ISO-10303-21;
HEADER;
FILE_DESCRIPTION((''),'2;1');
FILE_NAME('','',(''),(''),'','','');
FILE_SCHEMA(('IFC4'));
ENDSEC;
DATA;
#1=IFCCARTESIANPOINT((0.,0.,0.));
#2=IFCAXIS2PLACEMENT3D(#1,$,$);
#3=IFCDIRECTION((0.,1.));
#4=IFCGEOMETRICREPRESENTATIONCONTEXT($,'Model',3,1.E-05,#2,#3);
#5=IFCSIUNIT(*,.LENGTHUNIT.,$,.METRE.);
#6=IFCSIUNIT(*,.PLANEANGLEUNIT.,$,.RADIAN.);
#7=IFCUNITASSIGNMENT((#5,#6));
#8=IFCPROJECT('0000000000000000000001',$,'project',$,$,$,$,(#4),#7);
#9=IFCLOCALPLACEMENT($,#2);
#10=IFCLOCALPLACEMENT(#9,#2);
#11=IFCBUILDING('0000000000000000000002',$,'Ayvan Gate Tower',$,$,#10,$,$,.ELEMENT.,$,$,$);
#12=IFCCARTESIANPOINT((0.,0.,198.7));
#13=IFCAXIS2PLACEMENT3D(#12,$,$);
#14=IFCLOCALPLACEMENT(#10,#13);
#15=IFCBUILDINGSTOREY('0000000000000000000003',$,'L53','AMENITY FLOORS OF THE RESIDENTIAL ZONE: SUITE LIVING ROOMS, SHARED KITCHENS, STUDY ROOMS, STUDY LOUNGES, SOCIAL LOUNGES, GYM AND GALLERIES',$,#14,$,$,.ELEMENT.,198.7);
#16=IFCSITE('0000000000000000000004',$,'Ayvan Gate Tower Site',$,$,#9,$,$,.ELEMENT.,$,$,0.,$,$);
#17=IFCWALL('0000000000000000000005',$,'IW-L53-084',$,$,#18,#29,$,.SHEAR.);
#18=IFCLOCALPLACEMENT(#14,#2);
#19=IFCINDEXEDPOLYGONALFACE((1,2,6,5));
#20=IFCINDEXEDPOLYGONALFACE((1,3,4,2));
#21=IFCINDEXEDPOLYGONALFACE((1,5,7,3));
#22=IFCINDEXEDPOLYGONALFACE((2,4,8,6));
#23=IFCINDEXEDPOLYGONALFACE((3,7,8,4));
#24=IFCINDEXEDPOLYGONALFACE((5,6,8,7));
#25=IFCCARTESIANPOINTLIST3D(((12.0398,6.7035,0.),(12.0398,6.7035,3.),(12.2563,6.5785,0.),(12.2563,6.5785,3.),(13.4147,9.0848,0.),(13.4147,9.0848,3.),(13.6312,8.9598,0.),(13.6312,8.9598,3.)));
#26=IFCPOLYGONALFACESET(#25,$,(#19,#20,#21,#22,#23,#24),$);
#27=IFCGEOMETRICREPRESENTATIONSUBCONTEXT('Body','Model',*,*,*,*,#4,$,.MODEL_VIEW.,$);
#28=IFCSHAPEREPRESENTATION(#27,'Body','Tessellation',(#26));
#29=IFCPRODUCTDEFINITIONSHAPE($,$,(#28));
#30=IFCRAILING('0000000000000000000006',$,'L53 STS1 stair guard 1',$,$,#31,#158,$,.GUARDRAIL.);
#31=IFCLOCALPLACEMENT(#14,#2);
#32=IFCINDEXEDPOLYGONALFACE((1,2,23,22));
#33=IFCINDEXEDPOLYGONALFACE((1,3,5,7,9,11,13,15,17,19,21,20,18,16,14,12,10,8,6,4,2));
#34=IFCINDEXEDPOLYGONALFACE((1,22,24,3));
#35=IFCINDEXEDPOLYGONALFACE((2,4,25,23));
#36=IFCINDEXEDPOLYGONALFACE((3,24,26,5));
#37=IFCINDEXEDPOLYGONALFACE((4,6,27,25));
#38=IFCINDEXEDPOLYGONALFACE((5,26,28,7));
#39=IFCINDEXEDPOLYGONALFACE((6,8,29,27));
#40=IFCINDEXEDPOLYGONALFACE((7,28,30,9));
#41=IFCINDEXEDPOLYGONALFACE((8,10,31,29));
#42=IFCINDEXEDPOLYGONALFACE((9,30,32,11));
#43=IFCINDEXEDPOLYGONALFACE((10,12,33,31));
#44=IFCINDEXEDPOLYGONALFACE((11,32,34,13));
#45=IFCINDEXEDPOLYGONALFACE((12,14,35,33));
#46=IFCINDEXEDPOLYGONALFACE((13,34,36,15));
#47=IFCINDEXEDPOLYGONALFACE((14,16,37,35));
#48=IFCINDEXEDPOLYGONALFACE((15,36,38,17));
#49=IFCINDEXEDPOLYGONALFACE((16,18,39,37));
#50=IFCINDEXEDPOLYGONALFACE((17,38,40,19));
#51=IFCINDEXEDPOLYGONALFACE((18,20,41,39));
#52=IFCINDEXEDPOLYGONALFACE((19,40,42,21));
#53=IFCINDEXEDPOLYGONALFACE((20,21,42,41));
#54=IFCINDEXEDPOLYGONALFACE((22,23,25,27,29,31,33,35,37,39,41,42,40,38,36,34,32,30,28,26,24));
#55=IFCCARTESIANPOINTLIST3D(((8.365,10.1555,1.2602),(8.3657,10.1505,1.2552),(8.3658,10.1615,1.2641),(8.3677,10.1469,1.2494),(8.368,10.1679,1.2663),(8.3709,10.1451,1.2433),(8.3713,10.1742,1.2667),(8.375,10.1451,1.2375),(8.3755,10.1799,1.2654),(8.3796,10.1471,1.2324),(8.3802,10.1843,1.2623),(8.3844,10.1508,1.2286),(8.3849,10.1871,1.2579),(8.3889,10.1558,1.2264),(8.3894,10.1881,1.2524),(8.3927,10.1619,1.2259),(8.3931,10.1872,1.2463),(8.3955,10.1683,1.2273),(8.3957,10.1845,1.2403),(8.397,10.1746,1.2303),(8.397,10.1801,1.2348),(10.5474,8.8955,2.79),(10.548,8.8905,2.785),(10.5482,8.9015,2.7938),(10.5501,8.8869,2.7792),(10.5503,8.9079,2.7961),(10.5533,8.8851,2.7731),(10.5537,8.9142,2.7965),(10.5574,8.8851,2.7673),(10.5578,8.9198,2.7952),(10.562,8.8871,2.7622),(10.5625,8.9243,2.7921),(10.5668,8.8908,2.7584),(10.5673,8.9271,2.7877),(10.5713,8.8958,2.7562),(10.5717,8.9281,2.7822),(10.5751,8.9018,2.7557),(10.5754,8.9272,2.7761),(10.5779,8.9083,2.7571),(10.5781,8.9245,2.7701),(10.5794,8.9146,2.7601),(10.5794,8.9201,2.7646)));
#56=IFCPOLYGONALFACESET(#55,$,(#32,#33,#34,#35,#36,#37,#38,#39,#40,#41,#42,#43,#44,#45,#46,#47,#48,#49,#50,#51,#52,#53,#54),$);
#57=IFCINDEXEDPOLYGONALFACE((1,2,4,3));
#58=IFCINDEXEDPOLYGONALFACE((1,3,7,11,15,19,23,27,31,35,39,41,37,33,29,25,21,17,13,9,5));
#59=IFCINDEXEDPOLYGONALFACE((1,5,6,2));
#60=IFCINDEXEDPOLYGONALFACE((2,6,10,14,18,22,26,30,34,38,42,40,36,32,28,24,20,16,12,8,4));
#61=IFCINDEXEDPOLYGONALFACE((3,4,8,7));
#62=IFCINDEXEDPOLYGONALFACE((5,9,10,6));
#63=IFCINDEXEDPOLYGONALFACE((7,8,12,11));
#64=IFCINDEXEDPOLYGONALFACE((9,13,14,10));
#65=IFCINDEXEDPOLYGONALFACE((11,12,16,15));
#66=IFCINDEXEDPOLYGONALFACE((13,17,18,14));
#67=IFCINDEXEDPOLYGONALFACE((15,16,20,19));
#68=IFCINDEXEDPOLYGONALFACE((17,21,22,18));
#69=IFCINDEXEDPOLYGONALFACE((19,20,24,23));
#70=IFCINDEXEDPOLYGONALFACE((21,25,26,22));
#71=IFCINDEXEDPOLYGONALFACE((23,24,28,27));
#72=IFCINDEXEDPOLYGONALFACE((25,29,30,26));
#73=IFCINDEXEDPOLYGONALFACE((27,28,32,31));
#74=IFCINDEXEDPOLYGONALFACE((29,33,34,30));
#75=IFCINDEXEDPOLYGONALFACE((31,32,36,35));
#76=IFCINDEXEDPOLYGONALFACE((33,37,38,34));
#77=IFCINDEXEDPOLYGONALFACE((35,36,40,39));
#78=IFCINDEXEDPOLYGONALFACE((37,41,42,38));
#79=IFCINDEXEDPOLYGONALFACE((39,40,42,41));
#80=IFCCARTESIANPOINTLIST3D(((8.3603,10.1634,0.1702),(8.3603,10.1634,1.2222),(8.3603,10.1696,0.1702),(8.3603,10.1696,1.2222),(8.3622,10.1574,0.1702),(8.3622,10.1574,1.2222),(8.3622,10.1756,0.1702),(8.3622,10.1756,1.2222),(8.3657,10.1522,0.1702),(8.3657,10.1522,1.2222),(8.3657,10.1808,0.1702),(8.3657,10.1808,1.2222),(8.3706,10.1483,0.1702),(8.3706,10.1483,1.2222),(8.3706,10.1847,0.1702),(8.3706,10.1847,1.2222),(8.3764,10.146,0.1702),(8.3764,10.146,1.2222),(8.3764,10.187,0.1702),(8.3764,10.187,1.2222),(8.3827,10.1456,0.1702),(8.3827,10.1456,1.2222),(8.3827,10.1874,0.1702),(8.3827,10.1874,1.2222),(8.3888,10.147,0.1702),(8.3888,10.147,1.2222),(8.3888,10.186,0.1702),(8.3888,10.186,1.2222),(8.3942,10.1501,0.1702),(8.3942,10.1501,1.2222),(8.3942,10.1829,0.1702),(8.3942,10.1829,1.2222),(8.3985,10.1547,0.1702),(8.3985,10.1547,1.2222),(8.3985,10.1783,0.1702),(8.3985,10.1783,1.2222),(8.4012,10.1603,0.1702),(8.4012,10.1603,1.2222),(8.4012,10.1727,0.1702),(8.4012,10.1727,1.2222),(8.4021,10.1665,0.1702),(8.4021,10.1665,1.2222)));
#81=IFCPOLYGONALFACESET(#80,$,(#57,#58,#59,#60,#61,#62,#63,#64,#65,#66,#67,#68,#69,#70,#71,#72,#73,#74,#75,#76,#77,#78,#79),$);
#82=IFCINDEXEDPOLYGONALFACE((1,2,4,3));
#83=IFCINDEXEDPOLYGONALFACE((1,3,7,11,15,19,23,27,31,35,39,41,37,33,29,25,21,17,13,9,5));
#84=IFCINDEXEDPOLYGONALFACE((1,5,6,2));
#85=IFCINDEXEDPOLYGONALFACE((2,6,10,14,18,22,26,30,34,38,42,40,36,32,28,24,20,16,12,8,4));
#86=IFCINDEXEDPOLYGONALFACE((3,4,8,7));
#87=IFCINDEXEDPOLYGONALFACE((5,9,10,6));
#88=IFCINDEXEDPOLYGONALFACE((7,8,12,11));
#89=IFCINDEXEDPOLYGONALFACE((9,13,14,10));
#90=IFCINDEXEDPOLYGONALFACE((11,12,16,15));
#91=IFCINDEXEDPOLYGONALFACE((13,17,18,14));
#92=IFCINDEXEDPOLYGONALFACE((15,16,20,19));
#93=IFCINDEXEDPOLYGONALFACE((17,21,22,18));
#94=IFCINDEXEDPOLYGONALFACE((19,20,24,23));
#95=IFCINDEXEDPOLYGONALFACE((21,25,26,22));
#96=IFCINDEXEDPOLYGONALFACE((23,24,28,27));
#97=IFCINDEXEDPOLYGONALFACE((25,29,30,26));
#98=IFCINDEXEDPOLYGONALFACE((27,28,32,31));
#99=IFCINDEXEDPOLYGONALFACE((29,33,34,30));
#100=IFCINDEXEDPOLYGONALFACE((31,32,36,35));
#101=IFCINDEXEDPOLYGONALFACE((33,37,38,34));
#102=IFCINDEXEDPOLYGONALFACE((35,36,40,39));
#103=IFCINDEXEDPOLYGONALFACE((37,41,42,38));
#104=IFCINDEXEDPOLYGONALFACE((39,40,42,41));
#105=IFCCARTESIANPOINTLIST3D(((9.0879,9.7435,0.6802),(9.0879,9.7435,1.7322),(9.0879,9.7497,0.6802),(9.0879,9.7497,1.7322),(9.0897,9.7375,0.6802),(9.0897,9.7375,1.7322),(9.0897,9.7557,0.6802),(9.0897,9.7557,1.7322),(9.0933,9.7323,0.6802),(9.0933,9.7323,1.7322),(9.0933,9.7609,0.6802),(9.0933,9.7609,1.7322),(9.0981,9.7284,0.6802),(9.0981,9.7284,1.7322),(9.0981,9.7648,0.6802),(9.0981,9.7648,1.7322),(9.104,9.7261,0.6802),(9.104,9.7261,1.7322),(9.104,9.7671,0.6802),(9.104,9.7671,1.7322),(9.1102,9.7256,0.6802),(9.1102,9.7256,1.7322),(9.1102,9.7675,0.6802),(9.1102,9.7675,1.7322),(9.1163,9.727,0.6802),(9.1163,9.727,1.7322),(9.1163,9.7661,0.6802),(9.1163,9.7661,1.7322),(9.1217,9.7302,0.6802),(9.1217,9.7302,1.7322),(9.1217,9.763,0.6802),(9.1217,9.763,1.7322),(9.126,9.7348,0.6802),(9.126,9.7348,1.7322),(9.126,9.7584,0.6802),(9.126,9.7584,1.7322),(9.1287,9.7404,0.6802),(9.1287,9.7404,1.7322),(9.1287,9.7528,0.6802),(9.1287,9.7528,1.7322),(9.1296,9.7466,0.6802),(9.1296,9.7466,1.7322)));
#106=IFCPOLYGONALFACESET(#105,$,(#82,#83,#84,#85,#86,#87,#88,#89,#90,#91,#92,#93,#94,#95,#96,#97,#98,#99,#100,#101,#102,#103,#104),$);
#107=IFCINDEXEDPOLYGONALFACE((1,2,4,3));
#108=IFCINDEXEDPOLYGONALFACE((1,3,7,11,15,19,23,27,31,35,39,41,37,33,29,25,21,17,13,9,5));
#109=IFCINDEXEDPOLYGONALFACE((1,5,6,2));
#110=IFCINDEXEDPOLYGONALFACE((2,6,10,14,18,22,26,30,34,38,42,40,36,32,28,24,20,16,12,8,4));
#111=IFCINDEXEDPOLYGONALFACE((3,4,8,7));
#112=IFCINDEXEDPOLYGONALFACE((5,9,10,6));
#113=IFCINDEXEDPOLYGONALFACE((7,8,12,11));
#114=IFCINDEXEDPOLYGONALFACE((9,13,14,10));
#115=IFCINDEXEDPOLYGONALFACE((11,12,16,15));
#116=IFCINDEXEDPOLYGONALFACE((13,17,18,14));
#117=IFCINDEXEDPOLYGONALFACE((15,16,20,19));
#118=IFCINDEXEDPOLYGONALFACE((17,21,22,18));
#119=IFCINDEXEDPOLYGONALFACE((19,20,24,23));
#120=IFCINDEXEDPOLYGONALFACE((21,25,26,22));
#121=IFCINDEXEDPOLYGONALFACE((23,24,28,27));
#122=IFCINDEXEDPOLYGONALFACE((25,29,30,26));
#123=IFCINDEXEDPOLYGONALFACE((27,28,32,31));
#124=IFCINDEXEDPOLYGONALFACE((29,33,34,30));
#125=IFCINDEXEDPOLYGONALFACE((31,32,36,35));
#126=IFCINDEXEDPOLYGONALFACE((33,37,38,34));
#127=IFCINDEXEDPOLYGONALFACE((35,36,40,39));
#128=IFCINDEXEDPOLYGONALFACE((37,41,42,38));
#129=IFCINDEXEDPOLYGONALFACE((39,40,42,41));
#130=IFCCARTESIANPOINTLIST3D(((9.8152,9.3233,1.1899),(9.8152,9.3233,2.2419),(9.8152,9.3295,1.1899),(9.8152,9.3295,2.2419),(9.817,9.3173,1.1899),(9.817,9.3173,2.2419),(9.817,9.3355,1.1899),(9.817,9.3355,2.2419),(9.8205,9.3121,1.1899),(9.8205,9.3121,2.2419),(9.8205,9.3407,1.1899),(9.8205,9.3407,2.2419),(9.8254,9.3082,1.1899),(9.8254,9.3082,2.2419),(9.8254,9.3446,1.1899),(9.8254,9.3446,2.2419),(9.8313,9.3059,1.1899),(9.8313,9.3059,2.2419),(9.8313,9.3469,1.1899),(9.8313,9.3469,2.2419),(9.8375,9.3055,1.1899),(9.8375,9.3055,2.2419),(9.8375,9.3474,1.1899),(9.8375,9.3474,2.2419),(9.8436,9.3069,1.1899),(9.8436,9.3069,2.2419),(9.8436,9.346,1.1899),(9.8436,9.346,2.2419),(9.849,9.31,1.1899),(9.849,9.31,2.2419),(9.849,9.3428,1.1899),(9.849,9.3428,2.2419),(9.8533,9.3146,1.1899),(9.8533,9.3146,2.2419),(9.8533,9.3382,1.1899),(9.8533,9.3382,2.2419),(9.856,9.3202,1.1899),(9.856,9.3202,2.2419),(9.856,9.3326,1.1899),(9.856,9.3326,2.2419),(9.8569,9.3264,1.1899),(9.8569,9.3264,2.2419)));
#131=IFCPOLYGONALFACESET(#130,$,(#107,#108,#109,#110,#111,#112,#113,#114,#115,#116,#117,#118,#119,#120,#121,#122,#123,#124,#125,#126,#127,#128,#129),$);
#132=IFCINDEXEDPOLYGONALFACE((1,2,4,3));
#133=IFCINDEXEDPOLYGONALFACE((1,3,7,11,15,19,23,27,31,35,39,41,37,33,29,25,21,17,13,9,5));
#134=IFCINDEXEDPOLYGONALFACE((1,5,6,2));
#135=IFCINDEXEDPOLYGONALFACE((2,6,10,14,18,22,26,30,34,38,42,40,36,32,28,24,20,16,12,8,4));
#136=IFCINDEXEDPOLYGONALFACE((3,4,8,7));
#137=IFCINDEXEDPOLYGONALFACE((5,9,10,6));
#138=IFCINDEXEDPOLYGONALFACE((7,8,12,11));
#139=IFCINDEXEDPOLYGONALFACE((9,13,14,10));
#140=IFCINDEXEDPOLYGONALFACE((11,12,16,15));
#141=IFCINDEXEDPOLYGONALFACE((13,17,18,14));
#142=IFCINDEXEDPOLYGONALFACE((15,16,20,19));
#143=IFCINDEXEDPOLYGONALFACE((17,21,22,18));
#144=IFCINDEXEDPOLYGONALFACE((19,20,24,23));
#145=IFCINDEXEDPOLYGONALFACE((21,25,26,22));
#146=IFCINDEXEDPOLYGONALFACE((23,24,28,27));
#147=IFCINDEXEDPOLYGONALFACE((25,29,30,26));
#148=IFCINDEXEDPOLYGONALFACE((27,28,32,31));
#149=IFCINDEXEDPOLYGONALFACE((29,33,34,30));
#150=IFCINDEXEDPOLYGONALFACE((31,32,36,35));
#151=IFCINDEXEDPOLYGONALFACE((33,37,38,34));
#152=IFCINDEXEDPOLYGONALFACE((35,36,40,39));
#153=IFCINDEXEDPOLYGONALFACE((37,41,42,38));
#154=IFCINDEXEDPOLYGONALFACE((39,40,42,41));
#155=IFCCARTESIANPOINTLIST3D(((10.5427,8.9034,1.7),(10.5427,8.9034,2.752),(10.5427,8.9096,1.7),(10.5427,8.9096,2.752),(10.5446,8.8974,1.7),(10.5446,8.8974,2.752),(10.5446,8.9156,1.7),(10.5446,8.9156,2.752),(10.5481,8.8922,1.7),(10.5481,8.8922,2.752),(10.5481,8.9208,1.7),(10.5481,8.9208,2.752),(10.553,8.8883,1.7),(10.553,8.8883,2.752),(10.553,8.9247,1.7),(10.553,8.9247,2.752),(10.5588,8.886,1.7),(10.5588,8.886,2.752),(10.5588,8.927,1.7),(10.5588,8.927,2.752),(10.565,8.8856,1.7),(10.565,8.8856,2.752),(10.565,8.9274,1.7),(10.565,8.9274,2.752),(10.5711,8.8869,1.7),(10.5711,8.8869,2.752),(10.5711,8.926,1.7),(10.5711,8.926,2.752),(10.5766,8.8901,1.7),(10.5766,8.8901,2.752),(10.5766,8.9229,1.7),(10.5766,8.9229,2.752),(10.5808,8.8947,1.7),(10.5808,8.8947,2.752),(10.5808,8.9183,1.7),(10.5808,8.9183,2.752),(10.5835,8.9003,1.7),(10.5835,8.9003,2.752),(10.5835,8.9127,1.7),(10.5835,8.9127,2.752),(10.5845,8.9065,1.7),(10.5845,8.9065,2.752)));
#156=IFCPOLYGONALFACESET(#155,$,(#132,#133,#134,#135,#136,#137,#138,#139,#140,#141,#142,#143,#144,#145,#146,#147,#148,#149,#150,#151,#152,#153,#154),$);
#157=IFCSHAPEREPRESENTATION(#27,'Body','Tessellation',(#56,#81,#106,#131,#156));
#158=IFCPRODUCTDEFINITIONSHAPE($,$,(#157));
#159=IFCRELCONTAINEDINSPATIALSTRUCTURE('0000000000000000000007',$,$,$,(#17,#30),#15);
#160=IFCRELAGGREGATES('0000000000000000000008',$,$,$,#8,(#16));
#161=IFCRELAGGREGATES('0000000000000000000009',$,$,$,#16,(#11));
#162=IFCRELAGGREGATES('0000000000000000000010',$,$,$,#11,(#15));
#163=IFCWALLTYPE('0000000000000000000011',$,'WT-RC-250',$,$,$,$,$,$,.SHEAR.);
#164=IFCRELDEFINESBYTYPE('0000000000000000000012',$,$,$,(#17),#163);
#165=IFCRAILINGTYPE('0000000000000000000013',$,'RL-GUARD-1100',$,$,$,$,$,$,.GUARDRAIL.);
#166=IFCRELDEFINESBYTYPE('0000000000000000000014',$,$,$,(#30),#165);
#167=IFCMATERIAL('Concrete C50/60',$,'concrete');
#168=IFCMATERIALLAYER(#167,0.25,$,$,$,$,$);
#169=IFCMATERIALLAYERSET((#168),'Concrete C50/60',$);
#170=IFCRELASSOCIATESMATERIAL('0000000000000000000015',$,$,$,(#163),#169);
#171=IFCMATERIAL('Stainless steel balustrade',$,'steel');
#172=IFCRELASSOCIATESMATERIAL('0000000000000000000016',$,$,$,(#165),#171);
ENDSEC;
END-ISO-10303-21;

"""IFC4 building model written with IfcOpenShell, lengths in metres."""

from ifc_helpers import new_model, si_unit, direction, frame, frame_2d, origin, origin_2d, place, context, subcontext, project, spatial, rectangle, circle, extrude, material, layer, layer_set, type_object, element, save


model = new_model("IFC4")

# Units and contexts
model_context = context("Model", 3, precision=1e-05, world=origin(), true_north=direction((0.0, 1.0)))
body_context = subcontext(model_context, "Body", "Model", "MODEL_VIEW")
ifc_project = project(units=[si_unit("LENGTHUNIT", "METRE"), si_unit("PLANEANGLEUNIT", "RADIAN")], contexts=[model_context])

# Site, building, storey
site_placement = place(None, origin())
site = spatial("IfcSite", under=ifc_project, at=site_placement, Name="Ayvan Gate Tower Site", CompositionType="ELEMENT", RefElevation=0.0)
building_placement = place(site_placement, origin())
building = spatial("IfcBuilding", under=site, at=building_placement, Name="Ayvan Gate Tower", CompositionType="ELEMENT")
storey_placement = place(building_placement, frame((0.0, 0.0, 198.7)))
storey = spatial("IfcBuildingStorey", under=building, at=storey_placement, Name="L53", Description="AMENITY FLOORS OF THE RESIDENTIAL ZONE: SUITE LIVING ROOMS, SHARED KITCHENS, STUDY ROOMS, STUDY LOUNGES, SOCIAL LOUNGES, GYM AND GALLERIES", CompositionType="ELEMENT", Elevation=198.7)

# Shared definitions
ifc_material_1 = material(Name="Concrete C50/60", Category="concrete")
ifc_layer_1 = layer(ifc_material_1, 0.25)
ifc_layer_set_1 = layer_set([ifc_layer_1], Name="Concrete C50/60")
wall_type_1 = type_object("IfcWallType", Name="WT-RC-250", PredefinedType="SHEAR", material=ifc_layer_set_1)

# Wall
wall_1_placement = place(storey_placement, frame((12.1479, 6.6409, 0.0), z_axis=(0.0, 0.0, 1.0), x_axis=(0.500035, 0.866005, 0.0)))
element("IfcWall", 1, at=wall_1_placement, inside=storey, type_object=wall_type_1, Name="IW-L53-084", PredefinedType="SHEAR", context=body_context, shape_type="SweptSolid", body=[
    extrude(rectangle(XDim=2.7498, YDim=0.25, at=frame_2d((1.375, 0.0))), origin(), (0.0, 0.0, 1.0), 3.0),
])

# Railing
ifc_material_2 = material(Name="Stainless steel balustrade", Category="steel")
railing_type_1 = type_object("IfcRailingType", Name="RL-GUARD-1100", PredefinedType="GUARDRAIL", material=ifc_material_2)
railing_1_placement = place(storey_placement, frame((8.3811, 10.1665, 0.1702)))
element("IfcRailing", 2, at=railing_1_placement, inside=storey, type_object=railing_type_1, Name="L53 STS1 stair guard 1", PredefinedType="GUARDRAIL", context=body_context, shape_type="SweptSolid", body=[
    extrude(circle(Radius=0.0239, at=origin_2d()), frame((0.0, 0.0, 1.0762), z_axis=(0.740293, -0.427414, 0.518926), x_axis=(0.500005, 0.866023, 0.0)), (0.0, 0.0, 1.0), 2.948),
    extrude(circle(Radius=0.021, at=origin_2d()), origin(), (0.0, 0.0, 1.0), 1.052),
    extrude(circle(Radius=0.021, at=origin_2d()), frame((0.7275, -0.4199, 0.51)), (0.0, 0.0, 1.0), 1.052),
    extrude(circle(Radius=0.021, at=origin_2d()), frame((1.4548, -0.8401, 1.0198)), (0.0, 0.0, 1.0), 1.052),
    extrude(circle(Radius=0.021, at=origin_2d()), frame((2.1824, -1.26, 1.5298)), (0.0, 0.0, 1.0), 1.052),
])

save(model, "model.ifc")
